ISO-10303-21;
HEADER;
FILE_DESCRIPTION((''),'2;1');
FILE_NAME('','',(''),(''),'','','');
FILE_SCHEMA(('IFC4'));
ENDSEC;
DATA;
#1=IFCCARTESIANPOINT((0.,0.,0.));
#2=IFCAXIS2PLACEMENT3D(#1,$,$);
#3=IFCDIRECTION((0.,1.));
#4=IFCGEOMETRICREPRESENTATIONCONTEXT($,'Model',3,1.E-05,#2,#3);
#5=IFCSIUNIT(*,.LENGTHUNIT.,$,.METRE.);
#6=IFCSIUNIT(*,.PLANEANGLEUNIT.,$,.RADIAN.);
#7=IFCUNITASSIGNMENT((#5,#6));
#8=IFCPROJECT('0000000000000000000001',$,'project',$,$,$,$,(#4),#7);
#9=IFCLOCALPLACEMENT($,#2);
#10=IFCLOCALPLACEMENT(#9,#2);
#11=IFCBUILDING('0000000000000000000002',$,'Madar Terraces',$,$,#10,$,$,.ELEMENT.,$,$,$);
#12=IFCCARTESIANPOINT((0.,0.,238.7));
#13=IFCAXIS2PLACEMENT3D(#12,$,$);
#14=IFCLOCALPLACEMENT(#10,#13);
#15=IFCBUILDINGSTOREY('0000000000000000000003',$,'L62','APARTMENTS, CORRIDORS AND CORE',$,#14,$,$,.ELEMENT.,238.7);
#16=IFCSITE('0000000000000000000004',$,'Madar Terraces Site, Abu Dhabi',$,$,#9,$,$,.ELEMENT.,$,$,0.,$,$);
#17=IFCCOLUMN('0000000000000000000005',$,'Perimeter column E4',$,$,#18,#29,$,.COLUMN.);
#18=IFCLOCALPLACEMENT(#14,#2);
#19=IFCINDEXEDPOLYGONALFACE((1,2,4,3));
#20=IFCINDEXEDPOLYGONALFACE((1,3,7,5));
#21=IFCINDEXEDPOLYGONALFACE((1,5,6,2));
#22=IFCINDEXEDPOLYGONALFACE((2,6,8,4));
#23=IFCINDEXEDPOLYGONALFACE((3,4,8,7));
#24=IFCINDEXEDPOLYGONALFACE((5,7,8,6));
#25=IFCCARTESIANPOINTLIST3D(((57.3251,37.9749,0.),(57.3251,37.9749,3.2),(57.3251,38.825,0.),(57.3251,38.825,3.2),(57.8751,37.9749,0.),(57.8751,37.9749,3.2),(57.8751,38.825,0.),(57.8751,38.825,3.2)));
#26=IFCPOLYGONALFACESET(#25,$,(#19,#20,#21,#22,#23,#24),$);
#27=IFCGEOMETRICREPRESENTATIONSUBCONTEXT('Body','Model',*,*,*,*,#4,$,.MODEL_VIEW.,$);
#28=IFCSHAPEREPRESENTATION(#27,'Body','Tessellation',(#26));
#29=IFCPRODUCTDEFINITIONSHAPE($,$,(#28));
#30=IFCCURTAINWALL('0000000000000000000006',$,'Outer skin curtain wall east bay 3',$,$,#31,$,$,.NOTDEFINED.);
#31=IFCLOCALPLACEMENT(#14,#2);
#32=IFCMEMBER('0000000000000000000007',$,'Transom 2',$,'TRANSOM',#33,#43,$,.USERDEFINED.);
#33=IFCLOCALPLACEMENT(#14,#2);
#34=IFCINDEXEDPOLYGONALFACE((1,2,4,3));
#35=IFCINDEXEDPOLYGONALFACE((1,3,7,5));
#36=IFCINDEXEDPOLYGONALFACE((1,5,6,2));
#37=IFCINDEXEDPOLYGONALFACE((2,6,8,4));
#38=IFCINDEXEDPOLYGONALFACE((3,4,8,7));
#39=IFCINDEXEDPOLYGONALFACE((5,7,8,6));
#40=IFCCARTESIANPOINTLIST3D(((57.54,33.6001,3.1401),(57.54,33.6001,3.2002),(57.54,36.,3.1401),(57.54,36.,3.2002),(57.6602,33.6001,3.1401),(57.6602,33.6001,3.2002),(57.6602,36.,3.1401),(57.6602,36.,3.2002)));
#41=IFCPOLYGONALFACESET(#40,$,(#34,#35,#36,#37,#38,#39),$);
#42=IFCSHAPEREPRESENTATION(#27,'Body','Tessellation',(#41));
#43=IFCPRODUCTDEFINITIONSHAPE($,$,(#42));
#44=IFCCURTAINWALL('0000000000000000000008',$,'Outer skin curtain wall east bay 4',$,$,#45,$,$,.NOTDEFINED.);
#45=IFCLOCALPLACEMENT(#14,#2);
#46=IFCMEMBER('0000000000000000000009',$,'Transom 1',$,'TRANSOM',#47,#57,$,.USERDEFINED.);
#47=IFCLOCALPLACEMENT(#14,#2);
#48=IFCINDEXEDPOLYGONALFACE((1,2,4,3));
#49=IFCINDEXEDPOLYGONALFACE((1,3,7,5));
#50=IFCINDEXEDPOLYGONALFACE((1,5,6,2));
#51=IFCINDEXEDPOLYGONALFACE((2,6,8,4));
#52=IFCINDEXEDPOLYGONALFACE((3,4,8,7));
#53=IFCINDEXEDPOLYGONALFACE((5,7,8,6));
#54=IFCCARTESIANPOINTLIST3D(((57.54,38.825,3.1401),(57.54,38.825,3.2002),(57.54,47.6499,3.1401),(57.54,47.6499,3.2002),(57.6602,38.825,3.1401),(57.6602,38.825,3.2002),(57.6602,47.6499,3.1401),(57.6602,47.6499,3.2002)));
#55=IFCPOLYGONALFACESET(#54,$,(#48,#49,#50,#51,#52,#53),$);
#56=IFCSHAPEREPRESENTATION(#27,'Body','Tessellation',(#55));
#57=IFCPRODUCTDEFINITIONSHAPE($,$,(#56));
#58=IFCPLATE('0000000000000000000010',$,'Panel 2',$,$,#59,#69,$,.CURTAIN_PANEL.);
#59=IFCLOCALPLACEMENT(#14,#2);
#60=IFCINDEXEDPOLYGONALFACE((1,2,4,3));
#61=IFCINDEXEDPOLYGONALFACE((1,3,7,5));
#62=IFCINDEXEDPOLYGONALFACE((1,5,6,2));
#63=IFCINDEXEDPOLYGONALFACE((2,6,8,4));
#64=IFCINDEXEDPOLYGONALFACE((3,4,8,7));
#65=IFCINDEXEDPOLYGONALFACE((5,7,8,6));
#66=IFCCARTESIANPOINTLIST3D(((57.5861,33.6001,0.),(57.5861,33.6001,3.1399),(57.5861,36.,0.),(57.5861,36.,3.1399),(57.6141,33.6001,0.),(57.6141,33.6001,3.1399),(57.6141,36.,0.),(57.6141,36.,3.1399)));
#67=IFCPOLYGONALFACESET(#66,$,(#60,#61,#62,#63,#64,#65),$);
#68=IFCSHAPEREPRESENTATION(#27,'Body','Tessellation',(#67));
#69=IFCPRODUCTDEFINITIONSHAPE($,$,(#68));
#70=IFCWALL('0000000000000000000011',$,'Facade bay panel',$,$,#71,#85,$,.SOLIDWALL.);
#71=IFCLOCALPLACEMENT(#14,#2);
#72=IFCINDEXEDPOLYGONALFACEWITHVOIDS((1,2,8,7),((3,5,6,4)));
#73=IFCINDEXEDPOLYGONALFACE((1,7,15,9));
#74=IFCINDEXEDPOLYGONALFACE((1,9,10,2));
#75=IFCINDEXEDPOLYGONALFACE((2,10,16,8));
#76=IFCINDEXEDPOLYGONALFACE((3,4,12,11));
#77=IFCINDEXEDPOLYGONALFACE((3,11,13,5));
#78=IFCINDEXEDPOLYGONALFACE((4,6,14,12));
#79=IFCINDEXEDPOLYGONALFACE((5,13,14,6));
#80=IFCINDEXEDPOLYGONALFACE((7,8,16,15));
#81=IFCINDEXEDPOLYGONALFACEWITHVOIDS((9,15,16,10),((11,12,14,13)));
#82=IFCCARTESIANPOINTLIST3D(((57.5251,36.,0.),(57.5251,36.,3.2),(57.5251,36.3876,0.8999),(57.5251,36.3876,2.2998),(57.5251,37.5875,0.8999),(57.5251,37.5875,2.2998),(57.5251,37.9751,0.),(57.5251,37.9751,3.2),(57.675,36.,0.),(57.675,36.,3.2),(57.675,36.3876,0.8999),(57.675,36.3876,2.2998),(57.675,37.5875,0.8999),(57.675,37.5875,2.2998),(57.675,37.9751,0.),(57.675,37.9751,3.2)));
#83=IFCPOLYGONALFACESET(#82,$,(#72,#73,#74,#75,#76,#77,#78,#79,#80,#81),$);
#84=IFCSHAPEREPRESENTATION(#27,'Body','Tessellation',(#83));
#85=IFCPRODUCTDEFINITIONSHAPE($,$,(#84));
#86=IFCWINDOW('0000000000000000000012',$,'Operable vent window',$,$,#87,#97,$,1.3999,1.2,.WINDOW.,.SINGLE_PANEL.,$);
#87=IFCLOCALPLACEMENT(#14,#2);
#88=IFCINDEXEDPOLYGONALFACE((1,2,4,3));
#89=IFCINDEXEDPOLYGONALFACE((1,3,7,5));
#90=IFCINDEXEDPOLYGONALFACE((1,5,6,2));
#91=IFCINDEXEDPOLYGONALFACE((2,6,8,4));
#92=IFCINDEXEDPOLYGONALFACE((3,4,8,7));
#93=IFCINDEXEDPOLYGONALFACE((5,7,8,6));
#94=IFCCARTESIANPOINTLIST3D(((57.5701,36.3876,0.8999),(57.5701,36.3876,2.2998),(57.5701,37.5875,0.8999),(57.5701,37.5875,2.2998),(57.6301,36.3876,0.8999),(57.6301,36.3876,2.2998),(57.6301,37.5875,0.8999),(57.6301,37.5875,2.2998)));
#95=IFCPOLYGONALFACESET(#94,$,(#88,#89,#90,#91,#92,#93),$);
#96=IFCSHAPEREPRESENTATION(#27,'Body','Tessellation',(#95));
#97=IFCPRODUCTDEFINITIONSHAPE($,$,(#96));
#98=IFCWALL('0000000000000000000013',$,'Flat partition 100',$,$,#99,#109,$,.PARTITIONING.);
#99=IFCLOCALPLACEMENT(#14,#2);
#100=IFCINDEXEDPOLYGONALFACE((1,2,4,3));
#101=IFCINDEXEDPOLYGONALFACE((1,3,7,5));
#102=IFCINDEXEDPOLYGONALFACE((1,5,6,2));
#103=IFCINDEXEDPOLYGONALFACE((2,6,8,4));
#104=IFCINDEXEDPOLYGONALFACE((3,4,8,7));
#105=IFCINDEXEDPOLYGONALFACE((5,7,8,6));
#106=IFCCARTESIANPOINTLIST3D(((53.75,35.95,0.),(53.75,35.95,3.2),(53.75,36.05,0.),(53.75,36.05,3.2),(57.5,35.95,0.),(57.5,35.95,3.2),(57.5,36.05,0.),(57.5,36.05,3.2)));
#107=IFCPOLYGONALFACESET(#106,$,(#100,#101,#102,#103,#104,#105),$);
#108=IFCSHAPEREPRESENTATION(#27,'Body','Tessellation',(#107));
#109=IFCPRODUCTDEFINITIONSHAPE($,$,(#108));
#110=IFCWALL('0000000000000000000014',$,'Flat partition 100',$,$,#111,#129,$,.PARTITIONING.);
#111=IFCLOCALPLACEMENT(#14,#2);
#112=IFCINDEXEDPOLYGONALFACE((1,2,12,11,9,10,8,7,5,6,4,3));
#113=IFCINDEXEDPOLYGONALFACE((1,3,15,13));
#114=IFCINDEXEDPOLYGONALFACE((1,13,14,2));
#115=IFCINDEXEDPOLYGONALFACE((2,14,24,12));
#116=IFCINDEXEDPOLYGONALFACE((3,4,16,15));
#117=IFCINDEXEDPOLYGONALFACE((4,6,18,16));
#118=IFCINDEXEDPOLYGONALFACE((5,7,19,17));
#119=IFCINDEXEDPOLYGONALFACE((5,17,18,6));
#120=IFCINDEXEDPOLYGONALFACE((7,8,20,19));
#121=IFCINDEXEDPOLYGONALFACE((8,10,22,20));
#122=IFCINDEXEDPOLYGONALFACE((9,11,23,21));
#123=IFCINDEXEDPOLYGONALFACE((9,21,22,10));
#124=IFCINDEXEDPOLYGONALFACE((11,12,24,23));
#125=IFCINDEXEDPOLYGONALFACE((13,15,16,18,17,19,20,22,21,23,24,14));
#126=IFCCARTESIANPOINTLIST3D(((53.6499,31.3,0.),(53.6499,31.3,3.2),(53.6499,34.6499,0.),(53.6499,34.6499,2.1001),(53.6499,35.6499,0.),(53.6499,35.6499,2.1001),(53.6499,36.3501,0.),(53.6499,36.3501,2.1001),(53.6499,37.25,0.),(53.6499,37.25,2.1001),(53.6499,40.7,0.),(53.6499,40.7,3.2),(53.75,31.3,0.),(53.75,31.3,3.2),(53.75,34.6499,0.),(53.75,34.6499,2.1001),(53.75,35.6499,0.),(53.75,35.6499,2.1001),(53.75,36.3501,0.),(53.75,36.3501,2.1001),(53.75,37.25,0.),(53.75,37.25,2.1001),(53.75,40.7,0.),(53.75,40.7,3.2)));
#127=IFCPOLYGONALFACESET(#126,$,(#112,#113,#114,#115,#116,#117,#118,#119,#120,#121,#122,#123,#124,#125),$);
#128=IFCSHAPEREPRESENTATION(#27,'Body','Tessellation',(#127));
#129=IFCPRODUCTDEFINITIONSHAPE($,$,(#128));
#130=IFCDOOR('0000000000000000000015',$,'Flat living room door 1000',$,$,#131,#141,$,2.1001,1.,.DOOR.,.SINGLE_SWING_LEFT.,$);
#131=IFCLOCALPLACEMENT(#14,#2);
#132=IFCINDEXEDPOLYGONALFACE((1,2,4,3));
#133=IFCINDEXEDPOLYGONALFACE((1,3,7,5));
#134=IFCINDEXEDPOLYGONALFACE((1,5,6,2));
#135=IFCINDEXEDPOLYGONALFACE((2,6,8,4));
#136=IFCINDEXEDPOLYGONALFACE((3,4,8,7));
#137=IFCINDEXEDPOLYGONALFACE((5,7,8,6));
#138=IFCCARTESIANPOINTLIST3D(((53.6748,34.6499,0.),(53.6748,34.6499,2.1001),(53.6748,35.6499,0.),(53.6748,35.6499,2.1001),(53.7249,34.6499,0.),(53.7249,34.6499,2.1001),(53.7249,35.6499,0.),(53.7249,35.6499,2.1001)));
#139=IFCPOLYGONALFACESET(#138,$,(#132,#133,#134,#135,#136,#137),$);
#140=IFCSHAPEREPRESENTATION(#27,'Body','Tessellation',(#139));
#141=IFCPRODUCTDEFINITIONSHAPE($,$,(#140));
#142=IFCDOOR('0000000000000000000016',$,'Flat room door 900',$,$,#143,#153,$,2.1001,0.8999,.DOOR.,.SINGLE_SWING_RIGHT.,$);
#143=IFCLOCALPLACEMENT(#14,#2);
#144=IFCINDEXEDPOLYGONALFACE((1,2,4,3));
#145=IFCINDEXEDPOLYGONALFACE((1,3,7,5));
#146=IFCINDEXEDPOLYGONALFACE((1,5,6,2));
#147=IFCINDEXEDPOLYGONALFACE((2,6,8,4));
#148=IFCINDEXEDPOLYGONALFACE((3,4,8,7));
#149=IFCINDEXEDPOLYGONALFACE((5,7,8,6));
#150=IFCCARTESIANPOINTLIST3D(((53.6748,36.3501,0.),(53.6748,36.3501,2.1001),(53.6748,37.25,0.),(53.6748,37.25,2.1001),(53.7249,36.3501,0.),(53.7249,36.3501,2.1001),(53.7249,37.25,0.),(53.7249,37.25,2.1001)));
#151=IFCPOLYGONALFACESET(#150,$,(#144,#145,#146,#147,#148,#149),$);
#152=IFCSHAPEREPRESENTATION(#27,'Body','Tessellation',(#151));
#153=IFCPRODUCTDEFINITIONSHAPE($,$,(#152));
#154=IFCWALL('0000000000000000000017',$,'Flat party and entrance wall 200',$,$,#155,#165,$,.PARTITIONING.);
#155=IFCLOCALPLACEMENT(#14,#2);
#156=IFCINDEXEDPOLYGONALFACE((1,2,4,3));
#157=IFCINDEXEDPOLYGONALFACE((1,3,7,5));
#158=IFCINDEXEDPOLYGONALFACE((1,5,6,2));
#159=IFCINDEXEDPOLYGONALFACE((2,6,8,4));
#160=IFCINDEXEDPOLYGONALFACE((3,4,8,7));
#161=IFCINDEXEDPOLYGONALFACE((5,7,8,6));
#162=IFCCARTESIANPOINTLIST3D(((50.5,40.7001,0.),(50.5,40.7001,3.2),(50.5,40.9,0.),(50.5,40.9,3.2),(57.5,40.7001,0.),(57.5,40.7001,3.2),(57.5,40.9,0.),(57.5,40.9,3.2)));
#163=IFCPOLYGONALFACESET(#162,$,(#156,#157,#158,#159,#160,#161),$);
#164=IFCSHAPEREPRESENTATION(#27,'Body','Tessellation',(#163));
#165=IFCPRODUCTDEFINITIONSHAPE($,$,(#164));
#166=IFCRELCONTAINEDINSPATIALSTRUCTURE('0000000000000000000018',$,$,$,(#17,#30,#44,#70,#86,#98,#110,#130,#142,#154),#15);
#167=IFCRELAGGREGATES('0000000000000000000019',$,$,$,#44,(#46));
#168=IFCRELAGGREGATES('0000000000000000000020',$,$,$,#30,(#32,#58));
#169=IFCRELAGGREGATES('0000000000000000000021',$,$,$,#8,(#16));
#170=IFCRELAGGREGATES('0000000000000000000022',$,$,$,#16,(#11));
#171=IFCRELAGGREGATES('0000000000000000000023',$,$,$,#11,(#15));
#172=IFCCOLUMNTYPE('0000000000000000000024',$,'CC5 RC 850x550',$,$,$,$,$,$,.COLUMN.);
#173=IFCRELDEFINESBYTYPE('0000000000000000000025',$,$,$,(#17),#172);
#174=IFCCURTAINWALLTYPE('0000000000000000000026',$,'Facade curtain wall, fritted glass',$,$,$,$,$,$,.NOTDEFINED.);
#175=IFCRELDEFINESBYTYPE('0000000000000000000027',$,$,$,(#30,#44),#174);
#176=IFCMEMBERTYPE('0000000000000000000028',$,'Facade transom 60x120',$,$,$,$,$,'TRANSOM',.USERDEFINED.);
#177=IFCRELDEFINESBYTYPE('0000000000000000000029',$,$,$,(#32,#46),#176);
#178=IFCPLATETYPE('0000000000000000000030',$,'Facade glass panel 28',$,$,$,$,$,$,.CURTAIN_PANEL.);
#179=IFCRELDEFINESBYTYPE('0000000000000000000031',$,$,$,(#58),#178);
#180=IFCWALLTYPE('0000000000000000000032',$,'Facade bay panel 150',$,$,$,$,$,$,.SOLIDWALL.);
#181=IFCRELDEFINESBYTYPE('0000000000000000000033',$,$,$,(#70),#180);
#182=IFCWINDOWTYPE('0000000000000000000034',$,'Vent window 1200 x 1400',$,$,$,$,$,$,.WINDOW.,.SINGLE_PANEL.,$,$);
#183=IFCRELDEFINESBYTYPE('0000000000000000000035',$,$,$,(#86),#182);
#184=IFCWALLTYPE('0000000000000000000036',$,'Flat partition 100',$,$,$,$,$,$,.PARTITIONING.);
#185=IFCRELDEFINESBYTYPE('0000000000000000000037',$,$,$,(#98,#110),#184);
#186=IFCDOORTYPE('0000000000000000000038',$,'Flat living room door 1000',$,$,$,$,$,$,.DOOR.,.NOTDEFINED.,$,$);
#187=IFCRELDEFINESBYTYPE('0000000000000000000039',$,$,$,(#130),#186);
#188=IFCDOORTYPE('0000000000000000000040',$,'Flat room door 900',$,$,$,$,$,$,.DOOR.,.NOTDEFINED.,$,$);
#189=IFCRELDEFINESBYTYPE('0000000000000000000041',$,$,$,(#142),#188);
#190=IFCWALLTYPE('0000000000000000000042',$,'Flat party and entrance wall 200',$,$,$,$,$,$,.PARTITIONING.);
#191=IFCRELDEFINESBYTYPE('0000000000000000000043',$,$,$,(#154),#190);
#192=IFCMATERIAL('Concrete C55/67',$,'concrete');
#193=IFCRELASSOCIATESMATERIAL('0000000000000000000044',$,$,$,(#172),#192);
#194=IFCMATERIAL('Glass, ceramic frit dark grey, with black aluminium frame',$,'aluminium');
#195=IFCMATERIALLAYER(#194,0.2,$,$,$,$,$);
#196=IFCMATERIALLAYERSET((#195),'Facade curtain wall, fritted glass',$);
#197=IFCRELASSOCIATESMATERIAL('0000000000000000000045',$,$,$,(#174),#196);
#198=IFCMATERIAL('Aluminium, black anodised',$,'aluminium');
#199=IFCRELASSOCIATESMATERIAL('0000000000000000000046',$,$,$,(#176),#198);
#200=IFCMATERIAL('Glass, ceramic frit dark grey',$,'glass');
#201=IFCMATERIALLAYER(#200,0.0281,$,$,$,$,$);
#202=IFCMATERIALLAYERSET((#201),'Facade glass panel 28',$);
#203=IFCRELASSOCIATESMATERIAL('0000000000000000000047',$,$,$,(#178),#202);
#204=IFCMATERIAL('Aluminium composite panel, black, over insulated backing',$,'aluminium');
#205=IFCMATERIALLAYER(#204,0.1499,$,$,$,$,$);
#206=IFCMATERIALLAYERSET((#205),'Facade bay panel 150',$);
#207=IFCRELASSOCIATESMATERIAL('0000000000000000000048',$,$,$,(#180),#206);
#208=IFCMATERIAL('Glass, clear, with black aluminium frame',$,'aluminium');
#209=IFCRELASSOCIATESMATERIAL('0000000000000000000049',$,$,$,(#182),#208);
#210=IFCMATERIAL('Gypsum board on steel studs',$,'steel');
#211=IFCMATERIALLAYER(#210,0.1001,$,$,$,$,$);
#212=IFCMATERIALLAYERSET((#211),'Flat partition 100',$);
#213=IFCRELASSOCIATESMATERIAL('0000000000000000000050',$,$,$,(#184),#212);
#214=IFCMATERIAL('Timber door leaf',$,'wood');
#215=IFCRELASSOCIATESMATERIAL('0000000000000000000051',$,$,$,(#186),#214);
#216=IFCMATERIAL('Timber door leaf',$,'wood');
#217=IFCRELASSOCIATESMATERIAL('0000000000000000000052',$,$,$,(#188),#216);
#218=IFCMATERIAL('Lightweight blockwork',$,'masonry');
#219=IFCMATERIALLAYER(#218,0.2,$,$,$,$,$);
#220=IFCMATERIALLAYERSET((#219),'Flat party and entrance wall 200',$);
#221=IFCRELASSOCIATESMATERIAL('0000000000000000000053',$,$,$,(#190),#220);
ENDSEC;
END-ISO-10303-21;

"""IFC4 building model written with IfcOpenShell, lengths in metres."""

from ifc_helpers import new_model, si_unit, direction, frame, frame_2d, origin, origin_2d, place, context, subcontext, project, spatial, rectangle, extrude, material, layer, layer_set, material_profile, profile_set, type_object, element, fill, aggregate, save


model = new_model("IFC4")

# Units and contexts
model_context = context("Model", 3, precision=1e-05, world=origin(), true_north=direction((0.0, 1.0)))
body_context = subcontext(model_context, "Body", "Model", "MODEL_VIEW")
ifc_project = project(units=[si_unit("LENGTHUNIT", "METRE"), si_unit("PLANEANGLEUNIT", "RADIAN")], contexts=[model_context])

# Site, building, storey
site_placement = place(None, origin())
site = spatial("IfcSite", under=ifc_project, at=site_placement, Name="Madar Terraces Site, Abu Dhabi", CompositionType="ELEMENT", RefElevation=0.0)
building_placement = place(site_placement, origin())
building = spatial("IfcBuilding", under=site, at=building_placement, Name="Madar Terraces", CompositionType="ELEMENT")
storey_placement = place(building_placement, frame((0.0, 0.0, 238.7)))
storey = spatial("IfcBuildingStorey", under=building, at=storey_placement, Name="L62", Description="APARTMENTS, CORRIDORS AND CORE", CompositionType="ELEMENT", Elevation=238.7)

# Column
ifc_material_1 = material(Name="Concrete C55/67", Category="concrete")
ifc_material_profile_1 = material_profile(ifc_material_1, rectangle(XDim=0.8501, YDim=0.55, at=origin_2d()), Name="CC5 RC 850x550")
ifc_profile_set_1 = profile_set([ifc_material_profile_1], Name="Concrete C55/67")
column_type = type_object("IfcColumnType", Name="CC5 RC 850x550", PredefinedType="COLUMN", material=ifc_profile_set_1)
column_placement = place(storey_placement, frame((57.6001, 38.3999, 0.0), z_axis=(0.0, 0.0, 1.0), x_axis=(0.0, 1.0, 0.0)))
element("IfcColumn", 1, at=column_placement, inside=storey, type_object=column_type, Name="Perimeter column E4", PredefinedType="COLUMN", context=body_context, shape_type="SweptSolid", body=[
    extrude(rectangle(XDim=0.8501, YDim=0.55, at=origin_2d()), origin(), (0.0, 0.0, 1.0), 3.2),
])

# Curtain walls, members
ifc_material_2 = material(Name="Glass, ceramic frit dark grey, with black aluminium frame", Category="aluminium")
ifc_layer_1 = layer(ifc_material_2, 0.2)
ifc_layer_set_1 = layer_set([ifc_layer_1], Name="Facade curtain wall, fritted glass")
curtain_wall_type = type_object("IfcCurtainWallType", Name="Facade curtain wall, fritted glass", PredefinedType="NOTDEFINED", material=ifc_layer_set_1)
curtain_wall_1_placement = place(storey_placement, origin())
curtain_wall_1 = element("IfcCurtainWall", 2, at=curtain_wall_1_placement, inside=storey, type_object=curtain_wall_type, Name="Outer skin curtain wall east bay 3", PredefinedType="NOTDEFINED")
ifc_material_3 = material(Name="Aluminium, black anodised", Category="aluminium")
ifc_material_profile_2 = material_profile(ifc_material_3, rectangle(XDim=0.1201, YDim=0.0601, at=origin_2d()), Name="Facade transom 60x120")
ifc_profile_set_2 = profile_set([ifc_material_profile_2], Name="Aluminium, black anodised")
member_type = type_object("IfcMemberType", Name="Facade transom 60x120", ElementType="TRANSOM", PredefinedType="USERDEFINED", material=ifc_profile_set_2)
member_1_placement = place(storey_placement, frame((57.6001, 33.6001, 3.1702), z_axis=(0.0, 1.0, 0.0), x_axis=(-1.0, 0.0, 0.0)))
member_1 = element("IfcMember", 3, at=member_1_placement, type_object=member_type, Name="Transom 2", ObjectType="TRANSOM", PredefinedType="USERDEFINED", context=body_context, shape_type="SweptSolid", body=[
    extrude(rectangle(XDim=0.1201, YDim=0.0601, at=origin_2d()), origin(), (0.0, 0.0, 1.0), 2.3999),
])
curtain_wall_2_placement = place(storey_placement, origin())
curtain_wall_2 = element("IfcCurtainWall", 4, at=curtain_wall_2_placement, inside=storey, type_object=curtain_wall_type, Name="Outer skin curtain wall east bay 4", PredefinedType="NOTDEFINED")
member_2_placement = place(storey_placement, frame((57.6001, 38.825, 3.1702), z_axis=(0.0, 1.0, 0.0), x_axis=(-1.0, 0.0, 0.0)))
member_2 = element("IfcMember", 5, at=member_2_placement, type_object=member_type, Name="Transom 1", ObjectType="TRANSOM", PredefinedType="USERDEFINED", context=body_context, shape_type="SweptSolid", body=[
    extrude(rectangle(XDim=0.1201, YDim=0.0601, at=origin_2d()), origin(), (0.0, 0.0, 1.0), 8.825),
])
aggregate(curtain_wall_2, [member_2])

# Plate
ifc_material_4 = material(Name="Glass, ceramic frit dark grey", Category="glass")
ifc_layer_2 = layer(ifc_material_4, 0.0281)
ifc_layer_set_2 = layer_set([ifc_layer_2], Name="Facade glass panel 28")
plate_type = type_object("IfcPlateType", Name="Facade glass panel 28", PredefinedType="CURTAIN_PANEL", material=ifc_layer_set_2)
plate_placement = place(storey_placement, frame((57.6001, 34.8, 0.0), z_axis=(0.0, 0.0, 1.0), x_axis=(0.0, 1.0, 0.0)))
plate = element("IfcPlate", 6, at=plate_placement, type_object=plate_type, Name="Panel 2", PredefinedType="CURTAIN_PANEL", context=body_context, shape_type="SweptSolid", body=[
    extrude(rectangle(XDim=2.3999, YDim=0.0281, at=origin_2d()), origin(), (0.0, 0.0, 1.0), 3.1399),
])
aggregate(curtain_wall_1, [member_1, plate])

# Wall, opening, window
ifc_material_5 = material(Name="Aluminium composite panel, black, over insulated backing", Category="aluminium")
ifc_layer_3 = layer(ifc_material_5, 0.1499)
ifc_layer_set_3 = layer_set([ifc_layer_3], Name="Facade bay panel 150")
wall_type_1 = type_object("IfcWallType", Name="Facade bay panel 150", PredefinedType="SOLIDWALL", material=ifc_layer_set_3)
wall_1_placement = place(storey_placement, frame((57.6001, 36.0, 0.0), z_axis=(0.0, 0.0, 1.0), x_axis=(0.0, 1.0, 0.0)))
wall_1 = element("IfcWall", 7, at=wall_1_placement, inside=storey, type_object=wall_type_1, Name="Facade bay panel", PredefinedType="SOLIDWALL", context=body_context, shape_type="SweptSolid", body=[
    extrude(rectangle(XDim=1.9751, YDim=0.1499, at=frame_2d((0.9875, 0.0))), origin(), (0.0, 0.0, 1.0), 3.2),
])
opening_1_placement = place(wall_1_placement, frame((0.3875, 0.0, 0.8999)))
opening_1 = element("IfcOpeningElement", 8, at=opening_1_placement, cuts=wall_1, PredefinedType="OPENING", context=body_context, shape_type="SweptSolid", body=[
    extrude(rectangle(XDim=1.2, YDim=1.3999, at=frame_2d((0.6001, 0.7))), frame((0.0, 0.085, 0.0), z_axis=(0.0, -1.0, 0.0), x_axis=(1.0, 0.0, 0.0)), (0.0, 0.0, 1.0), 0.1699),
])
ifc_material_6 = material(Name="Glass, clear, with black aluminium frame", Category="aluminium")
window_type = type_object("IfcWindowType", Name="Vent window 1200 x 1400", PartitioningType="SINGLE_PANEL", PredefinedType="WINDOW", material=ifc_material_6)
window_placement = place(opening_1_placement, origin())
window = element("IfcWindow", 9, at=window_placement, inside=storey, type_object=window_type, Name="Operable vent window", OverallHeight=1.3999, OverallWidth=1.2, PartitioningType="SINGLE_PANEL", PredefinedType="WINDOW", context=body_context, shape_type="SweptSolid", body=[
    extrude(rectangle(XDim=1.2, YDim=1.3999, at=frame_2d((0.6001, 0.7))), frame((0.0, 0.03, 0.0), z_axis=(0.0, -1.0, 0.0), x_axis=(1.0, 0.0, 0.0)), (0.0, 0.0, 1.0), 0.0601),
])
fill(opening_1, window)

# Wall
ifc_material_7 = material(Name="Gypsum board on steel studs", Category="steel")
ifc_layer_4 = layer(ifc_material_7, 0.1001)
ifc_layer_set_4 = layer_set([ifc_layer_4], Name="Flat partition 100")
wall_type_2 = type_object("IfcWallType", Name="Flat partition 100", PredefinedType="PARTITIONING", material=ifc_layer_set_4)
wall_2_placement = place(storey_placement, frame((53.75, 36.0, 0.0), z_axis=(0.0, 0.0, 1.0), x_axis=(1.0, 0.0, 0.0)))
element("IfcWall", 10, at=wall_2_placement, inside=storey, type_object=wall_type_2, Name="Flat partition 100", PredefinedType="PARTITIONING", context=body_context, shape_type="SweptSolid", body=[
    extrude(rectangle(XDim=3.75, YDim=0.1001, at=frame_2d((1.875, 0.0))), origin(), (0.0, 0.0, 1.0), 3.2),
])

# Wall, openings, doors
wall_3_placement = place(storey_placement, frame((53.7, 40.7, 0.0), z_axis=(0.0, 0.0, 1.0), x_axis=(0.0, -1.0, 0.0)))
wall_3 = element("IfcWall", 11, at=wall_3_placement, inside=storey, type_object=wall_type_2, Name="Flat partition 100", PredefinedType="PARTITIONING", context=body_context, shape_type="SweptSolid", body=[
    extrude(rectangle(XDim=9.3999, YDim=0.1001, at=frame_2d((4.7, 0.0))), origin(), (0.0, 0.0, 1.0), 3.2),
])
opening_2_placement = place(wall_3_placement, frame((3.45, 0.0, 0.0)))
opening_2 = element("IfcOpeningElement", 12, at=opening_2_placement, cuts=wall_3, PredefinedType="OPENING", context=body_context, shape_type="SweptSolid", body=[
    extrude(rectangle(XDim=0.8999, YDim=2.1001, at=frame_2d((0.45, 1.05))), frame((0.0, 0.0601, 0.0), z_axis=(0.0, -1.0, 0.0), x_axis=(1.0, 0.0, 0.0)), (0.0, 0.0, 1.0), 0.1201),
])
opening_3_placement = place(wall_3_placement, frame((5.05, 0.0, 0.0)))
opening_3 = element("IfcOpeningElement", 13, at=opening_3_placement, cuts=wall_3, PredefinedType="OPENING", context=body_context, shape_type="SweptSolid", body=[
    extrude(rectangle(XDim=1.0, YDim=2.1001, at=frame_2d((0.5, 1.05))), frame((0.0, 0.0601, 0.0), z_axis=(0.0, -1.0, 0.0), x_axis=(1.0, 0.0, 0.0)), (0.0, 0.0, 1.0), 0.1201),
])
ifc_material_8 = material(Name="Timber door leaf", Category="wood")
door_type_1 = type_object("IfcDoorType", Name="Flat living room door 1000", OperationType="NOTDEFINED", PredefinedType="DOOR", material=ifc_material_8)
door_1_placement = place(opening_3_placement, origin())
door_1 = element("IfcDoor", 14, at=door_1_placement, inside=storey, type_object=door_type_1, Name="Flat living room door 1000", OperationType="SINGLE_SWING_LEFT", OverallHeight=2.1001, OverallWidth=1.0, PredefinedType="DOOR", context=body_context, shape_type="SweptSolid", body=[
    extrude(rectangle(XDim=1.0, YDim=2.1001, at=frame_2d((0.5, 1.05))), frame((0.0, 0.0249, 0.0), z_axis=(0.0, -1.0, 0.0), x_axis=(1.0, 0.0, 0.0)), (0.0, 0.0, 1.0), 0.05),
])
fill(opening_3, door_1)
ifc_material_9 = material(Name="Timber door leaf", Category="wood")
door_type_2 = type_object("IfcDoorType", Name="Flat room door 900", OperationType="NOTDEFINED", PredefinedType="DOOR", material=ifc_material_9)
door_2_placement = place(opening_2_placement, origin())
door_2 = element("IfcDoor", 15, at=door_2_placement, inside=storey, type_object=door_type_2, Name="Flat room door 900", OperationType="SINGLE_SWING_RIGHT", OverallHeight=2.1001, OverallWidth=0.8999, PredefinedType="DOOR", context=body_context, shape_type="SweptSolid", body=[
    extrude(rectangle(XDim=0.8999, YDim=2.1001, at=frame_2d((0.45, 1.05))), frame((0.0, 0.0249, 0.0), z_axis=(0.0, -1.0, 0.0), x_axis=(1.0, 0.0, 0.0)), (0.0, 0.0, 1.0), 0.05),
])
fill(opening_2, door_2)

# Wall
ifc_material_10 = material(Name="Lightweight blockwork", Category="masonry")
ifc_layer_5 = layer(ifc_material_10, 0.2)
ifc_layer_set_5 = layer_set([ifc_layer_5], Name="Flat party and entrance wall 200")
wall_type_3 = type_object("IfcWallType", Name="Flat party and entrance wall 200", PredefinedType="PARTITIONING", material=ifc_layer_set_5)
wall_4_placement = place(storey_placement, frame((50.5, 40.8, 0.0), z_axis=(0.0, 0.0, 1.0), x_axis=(1.0, 0.0, 0.0)))
element("IfcWall", 16, at=wall_4_placement, inside=storey, type_object=wall_type_3, Name="Flat party and entrance wall 200", PredefinedType="PARTITIONING", context=body_context, shape_type="SweptSolid", body=[
    extrude(rectangle(XDim=7.0, YDim=0.2, at=frame_2d((3.5, 0.0))), origin(), (0.0, 0.0, 1.0), 3.2),
])

save(model, "model.ifc")
